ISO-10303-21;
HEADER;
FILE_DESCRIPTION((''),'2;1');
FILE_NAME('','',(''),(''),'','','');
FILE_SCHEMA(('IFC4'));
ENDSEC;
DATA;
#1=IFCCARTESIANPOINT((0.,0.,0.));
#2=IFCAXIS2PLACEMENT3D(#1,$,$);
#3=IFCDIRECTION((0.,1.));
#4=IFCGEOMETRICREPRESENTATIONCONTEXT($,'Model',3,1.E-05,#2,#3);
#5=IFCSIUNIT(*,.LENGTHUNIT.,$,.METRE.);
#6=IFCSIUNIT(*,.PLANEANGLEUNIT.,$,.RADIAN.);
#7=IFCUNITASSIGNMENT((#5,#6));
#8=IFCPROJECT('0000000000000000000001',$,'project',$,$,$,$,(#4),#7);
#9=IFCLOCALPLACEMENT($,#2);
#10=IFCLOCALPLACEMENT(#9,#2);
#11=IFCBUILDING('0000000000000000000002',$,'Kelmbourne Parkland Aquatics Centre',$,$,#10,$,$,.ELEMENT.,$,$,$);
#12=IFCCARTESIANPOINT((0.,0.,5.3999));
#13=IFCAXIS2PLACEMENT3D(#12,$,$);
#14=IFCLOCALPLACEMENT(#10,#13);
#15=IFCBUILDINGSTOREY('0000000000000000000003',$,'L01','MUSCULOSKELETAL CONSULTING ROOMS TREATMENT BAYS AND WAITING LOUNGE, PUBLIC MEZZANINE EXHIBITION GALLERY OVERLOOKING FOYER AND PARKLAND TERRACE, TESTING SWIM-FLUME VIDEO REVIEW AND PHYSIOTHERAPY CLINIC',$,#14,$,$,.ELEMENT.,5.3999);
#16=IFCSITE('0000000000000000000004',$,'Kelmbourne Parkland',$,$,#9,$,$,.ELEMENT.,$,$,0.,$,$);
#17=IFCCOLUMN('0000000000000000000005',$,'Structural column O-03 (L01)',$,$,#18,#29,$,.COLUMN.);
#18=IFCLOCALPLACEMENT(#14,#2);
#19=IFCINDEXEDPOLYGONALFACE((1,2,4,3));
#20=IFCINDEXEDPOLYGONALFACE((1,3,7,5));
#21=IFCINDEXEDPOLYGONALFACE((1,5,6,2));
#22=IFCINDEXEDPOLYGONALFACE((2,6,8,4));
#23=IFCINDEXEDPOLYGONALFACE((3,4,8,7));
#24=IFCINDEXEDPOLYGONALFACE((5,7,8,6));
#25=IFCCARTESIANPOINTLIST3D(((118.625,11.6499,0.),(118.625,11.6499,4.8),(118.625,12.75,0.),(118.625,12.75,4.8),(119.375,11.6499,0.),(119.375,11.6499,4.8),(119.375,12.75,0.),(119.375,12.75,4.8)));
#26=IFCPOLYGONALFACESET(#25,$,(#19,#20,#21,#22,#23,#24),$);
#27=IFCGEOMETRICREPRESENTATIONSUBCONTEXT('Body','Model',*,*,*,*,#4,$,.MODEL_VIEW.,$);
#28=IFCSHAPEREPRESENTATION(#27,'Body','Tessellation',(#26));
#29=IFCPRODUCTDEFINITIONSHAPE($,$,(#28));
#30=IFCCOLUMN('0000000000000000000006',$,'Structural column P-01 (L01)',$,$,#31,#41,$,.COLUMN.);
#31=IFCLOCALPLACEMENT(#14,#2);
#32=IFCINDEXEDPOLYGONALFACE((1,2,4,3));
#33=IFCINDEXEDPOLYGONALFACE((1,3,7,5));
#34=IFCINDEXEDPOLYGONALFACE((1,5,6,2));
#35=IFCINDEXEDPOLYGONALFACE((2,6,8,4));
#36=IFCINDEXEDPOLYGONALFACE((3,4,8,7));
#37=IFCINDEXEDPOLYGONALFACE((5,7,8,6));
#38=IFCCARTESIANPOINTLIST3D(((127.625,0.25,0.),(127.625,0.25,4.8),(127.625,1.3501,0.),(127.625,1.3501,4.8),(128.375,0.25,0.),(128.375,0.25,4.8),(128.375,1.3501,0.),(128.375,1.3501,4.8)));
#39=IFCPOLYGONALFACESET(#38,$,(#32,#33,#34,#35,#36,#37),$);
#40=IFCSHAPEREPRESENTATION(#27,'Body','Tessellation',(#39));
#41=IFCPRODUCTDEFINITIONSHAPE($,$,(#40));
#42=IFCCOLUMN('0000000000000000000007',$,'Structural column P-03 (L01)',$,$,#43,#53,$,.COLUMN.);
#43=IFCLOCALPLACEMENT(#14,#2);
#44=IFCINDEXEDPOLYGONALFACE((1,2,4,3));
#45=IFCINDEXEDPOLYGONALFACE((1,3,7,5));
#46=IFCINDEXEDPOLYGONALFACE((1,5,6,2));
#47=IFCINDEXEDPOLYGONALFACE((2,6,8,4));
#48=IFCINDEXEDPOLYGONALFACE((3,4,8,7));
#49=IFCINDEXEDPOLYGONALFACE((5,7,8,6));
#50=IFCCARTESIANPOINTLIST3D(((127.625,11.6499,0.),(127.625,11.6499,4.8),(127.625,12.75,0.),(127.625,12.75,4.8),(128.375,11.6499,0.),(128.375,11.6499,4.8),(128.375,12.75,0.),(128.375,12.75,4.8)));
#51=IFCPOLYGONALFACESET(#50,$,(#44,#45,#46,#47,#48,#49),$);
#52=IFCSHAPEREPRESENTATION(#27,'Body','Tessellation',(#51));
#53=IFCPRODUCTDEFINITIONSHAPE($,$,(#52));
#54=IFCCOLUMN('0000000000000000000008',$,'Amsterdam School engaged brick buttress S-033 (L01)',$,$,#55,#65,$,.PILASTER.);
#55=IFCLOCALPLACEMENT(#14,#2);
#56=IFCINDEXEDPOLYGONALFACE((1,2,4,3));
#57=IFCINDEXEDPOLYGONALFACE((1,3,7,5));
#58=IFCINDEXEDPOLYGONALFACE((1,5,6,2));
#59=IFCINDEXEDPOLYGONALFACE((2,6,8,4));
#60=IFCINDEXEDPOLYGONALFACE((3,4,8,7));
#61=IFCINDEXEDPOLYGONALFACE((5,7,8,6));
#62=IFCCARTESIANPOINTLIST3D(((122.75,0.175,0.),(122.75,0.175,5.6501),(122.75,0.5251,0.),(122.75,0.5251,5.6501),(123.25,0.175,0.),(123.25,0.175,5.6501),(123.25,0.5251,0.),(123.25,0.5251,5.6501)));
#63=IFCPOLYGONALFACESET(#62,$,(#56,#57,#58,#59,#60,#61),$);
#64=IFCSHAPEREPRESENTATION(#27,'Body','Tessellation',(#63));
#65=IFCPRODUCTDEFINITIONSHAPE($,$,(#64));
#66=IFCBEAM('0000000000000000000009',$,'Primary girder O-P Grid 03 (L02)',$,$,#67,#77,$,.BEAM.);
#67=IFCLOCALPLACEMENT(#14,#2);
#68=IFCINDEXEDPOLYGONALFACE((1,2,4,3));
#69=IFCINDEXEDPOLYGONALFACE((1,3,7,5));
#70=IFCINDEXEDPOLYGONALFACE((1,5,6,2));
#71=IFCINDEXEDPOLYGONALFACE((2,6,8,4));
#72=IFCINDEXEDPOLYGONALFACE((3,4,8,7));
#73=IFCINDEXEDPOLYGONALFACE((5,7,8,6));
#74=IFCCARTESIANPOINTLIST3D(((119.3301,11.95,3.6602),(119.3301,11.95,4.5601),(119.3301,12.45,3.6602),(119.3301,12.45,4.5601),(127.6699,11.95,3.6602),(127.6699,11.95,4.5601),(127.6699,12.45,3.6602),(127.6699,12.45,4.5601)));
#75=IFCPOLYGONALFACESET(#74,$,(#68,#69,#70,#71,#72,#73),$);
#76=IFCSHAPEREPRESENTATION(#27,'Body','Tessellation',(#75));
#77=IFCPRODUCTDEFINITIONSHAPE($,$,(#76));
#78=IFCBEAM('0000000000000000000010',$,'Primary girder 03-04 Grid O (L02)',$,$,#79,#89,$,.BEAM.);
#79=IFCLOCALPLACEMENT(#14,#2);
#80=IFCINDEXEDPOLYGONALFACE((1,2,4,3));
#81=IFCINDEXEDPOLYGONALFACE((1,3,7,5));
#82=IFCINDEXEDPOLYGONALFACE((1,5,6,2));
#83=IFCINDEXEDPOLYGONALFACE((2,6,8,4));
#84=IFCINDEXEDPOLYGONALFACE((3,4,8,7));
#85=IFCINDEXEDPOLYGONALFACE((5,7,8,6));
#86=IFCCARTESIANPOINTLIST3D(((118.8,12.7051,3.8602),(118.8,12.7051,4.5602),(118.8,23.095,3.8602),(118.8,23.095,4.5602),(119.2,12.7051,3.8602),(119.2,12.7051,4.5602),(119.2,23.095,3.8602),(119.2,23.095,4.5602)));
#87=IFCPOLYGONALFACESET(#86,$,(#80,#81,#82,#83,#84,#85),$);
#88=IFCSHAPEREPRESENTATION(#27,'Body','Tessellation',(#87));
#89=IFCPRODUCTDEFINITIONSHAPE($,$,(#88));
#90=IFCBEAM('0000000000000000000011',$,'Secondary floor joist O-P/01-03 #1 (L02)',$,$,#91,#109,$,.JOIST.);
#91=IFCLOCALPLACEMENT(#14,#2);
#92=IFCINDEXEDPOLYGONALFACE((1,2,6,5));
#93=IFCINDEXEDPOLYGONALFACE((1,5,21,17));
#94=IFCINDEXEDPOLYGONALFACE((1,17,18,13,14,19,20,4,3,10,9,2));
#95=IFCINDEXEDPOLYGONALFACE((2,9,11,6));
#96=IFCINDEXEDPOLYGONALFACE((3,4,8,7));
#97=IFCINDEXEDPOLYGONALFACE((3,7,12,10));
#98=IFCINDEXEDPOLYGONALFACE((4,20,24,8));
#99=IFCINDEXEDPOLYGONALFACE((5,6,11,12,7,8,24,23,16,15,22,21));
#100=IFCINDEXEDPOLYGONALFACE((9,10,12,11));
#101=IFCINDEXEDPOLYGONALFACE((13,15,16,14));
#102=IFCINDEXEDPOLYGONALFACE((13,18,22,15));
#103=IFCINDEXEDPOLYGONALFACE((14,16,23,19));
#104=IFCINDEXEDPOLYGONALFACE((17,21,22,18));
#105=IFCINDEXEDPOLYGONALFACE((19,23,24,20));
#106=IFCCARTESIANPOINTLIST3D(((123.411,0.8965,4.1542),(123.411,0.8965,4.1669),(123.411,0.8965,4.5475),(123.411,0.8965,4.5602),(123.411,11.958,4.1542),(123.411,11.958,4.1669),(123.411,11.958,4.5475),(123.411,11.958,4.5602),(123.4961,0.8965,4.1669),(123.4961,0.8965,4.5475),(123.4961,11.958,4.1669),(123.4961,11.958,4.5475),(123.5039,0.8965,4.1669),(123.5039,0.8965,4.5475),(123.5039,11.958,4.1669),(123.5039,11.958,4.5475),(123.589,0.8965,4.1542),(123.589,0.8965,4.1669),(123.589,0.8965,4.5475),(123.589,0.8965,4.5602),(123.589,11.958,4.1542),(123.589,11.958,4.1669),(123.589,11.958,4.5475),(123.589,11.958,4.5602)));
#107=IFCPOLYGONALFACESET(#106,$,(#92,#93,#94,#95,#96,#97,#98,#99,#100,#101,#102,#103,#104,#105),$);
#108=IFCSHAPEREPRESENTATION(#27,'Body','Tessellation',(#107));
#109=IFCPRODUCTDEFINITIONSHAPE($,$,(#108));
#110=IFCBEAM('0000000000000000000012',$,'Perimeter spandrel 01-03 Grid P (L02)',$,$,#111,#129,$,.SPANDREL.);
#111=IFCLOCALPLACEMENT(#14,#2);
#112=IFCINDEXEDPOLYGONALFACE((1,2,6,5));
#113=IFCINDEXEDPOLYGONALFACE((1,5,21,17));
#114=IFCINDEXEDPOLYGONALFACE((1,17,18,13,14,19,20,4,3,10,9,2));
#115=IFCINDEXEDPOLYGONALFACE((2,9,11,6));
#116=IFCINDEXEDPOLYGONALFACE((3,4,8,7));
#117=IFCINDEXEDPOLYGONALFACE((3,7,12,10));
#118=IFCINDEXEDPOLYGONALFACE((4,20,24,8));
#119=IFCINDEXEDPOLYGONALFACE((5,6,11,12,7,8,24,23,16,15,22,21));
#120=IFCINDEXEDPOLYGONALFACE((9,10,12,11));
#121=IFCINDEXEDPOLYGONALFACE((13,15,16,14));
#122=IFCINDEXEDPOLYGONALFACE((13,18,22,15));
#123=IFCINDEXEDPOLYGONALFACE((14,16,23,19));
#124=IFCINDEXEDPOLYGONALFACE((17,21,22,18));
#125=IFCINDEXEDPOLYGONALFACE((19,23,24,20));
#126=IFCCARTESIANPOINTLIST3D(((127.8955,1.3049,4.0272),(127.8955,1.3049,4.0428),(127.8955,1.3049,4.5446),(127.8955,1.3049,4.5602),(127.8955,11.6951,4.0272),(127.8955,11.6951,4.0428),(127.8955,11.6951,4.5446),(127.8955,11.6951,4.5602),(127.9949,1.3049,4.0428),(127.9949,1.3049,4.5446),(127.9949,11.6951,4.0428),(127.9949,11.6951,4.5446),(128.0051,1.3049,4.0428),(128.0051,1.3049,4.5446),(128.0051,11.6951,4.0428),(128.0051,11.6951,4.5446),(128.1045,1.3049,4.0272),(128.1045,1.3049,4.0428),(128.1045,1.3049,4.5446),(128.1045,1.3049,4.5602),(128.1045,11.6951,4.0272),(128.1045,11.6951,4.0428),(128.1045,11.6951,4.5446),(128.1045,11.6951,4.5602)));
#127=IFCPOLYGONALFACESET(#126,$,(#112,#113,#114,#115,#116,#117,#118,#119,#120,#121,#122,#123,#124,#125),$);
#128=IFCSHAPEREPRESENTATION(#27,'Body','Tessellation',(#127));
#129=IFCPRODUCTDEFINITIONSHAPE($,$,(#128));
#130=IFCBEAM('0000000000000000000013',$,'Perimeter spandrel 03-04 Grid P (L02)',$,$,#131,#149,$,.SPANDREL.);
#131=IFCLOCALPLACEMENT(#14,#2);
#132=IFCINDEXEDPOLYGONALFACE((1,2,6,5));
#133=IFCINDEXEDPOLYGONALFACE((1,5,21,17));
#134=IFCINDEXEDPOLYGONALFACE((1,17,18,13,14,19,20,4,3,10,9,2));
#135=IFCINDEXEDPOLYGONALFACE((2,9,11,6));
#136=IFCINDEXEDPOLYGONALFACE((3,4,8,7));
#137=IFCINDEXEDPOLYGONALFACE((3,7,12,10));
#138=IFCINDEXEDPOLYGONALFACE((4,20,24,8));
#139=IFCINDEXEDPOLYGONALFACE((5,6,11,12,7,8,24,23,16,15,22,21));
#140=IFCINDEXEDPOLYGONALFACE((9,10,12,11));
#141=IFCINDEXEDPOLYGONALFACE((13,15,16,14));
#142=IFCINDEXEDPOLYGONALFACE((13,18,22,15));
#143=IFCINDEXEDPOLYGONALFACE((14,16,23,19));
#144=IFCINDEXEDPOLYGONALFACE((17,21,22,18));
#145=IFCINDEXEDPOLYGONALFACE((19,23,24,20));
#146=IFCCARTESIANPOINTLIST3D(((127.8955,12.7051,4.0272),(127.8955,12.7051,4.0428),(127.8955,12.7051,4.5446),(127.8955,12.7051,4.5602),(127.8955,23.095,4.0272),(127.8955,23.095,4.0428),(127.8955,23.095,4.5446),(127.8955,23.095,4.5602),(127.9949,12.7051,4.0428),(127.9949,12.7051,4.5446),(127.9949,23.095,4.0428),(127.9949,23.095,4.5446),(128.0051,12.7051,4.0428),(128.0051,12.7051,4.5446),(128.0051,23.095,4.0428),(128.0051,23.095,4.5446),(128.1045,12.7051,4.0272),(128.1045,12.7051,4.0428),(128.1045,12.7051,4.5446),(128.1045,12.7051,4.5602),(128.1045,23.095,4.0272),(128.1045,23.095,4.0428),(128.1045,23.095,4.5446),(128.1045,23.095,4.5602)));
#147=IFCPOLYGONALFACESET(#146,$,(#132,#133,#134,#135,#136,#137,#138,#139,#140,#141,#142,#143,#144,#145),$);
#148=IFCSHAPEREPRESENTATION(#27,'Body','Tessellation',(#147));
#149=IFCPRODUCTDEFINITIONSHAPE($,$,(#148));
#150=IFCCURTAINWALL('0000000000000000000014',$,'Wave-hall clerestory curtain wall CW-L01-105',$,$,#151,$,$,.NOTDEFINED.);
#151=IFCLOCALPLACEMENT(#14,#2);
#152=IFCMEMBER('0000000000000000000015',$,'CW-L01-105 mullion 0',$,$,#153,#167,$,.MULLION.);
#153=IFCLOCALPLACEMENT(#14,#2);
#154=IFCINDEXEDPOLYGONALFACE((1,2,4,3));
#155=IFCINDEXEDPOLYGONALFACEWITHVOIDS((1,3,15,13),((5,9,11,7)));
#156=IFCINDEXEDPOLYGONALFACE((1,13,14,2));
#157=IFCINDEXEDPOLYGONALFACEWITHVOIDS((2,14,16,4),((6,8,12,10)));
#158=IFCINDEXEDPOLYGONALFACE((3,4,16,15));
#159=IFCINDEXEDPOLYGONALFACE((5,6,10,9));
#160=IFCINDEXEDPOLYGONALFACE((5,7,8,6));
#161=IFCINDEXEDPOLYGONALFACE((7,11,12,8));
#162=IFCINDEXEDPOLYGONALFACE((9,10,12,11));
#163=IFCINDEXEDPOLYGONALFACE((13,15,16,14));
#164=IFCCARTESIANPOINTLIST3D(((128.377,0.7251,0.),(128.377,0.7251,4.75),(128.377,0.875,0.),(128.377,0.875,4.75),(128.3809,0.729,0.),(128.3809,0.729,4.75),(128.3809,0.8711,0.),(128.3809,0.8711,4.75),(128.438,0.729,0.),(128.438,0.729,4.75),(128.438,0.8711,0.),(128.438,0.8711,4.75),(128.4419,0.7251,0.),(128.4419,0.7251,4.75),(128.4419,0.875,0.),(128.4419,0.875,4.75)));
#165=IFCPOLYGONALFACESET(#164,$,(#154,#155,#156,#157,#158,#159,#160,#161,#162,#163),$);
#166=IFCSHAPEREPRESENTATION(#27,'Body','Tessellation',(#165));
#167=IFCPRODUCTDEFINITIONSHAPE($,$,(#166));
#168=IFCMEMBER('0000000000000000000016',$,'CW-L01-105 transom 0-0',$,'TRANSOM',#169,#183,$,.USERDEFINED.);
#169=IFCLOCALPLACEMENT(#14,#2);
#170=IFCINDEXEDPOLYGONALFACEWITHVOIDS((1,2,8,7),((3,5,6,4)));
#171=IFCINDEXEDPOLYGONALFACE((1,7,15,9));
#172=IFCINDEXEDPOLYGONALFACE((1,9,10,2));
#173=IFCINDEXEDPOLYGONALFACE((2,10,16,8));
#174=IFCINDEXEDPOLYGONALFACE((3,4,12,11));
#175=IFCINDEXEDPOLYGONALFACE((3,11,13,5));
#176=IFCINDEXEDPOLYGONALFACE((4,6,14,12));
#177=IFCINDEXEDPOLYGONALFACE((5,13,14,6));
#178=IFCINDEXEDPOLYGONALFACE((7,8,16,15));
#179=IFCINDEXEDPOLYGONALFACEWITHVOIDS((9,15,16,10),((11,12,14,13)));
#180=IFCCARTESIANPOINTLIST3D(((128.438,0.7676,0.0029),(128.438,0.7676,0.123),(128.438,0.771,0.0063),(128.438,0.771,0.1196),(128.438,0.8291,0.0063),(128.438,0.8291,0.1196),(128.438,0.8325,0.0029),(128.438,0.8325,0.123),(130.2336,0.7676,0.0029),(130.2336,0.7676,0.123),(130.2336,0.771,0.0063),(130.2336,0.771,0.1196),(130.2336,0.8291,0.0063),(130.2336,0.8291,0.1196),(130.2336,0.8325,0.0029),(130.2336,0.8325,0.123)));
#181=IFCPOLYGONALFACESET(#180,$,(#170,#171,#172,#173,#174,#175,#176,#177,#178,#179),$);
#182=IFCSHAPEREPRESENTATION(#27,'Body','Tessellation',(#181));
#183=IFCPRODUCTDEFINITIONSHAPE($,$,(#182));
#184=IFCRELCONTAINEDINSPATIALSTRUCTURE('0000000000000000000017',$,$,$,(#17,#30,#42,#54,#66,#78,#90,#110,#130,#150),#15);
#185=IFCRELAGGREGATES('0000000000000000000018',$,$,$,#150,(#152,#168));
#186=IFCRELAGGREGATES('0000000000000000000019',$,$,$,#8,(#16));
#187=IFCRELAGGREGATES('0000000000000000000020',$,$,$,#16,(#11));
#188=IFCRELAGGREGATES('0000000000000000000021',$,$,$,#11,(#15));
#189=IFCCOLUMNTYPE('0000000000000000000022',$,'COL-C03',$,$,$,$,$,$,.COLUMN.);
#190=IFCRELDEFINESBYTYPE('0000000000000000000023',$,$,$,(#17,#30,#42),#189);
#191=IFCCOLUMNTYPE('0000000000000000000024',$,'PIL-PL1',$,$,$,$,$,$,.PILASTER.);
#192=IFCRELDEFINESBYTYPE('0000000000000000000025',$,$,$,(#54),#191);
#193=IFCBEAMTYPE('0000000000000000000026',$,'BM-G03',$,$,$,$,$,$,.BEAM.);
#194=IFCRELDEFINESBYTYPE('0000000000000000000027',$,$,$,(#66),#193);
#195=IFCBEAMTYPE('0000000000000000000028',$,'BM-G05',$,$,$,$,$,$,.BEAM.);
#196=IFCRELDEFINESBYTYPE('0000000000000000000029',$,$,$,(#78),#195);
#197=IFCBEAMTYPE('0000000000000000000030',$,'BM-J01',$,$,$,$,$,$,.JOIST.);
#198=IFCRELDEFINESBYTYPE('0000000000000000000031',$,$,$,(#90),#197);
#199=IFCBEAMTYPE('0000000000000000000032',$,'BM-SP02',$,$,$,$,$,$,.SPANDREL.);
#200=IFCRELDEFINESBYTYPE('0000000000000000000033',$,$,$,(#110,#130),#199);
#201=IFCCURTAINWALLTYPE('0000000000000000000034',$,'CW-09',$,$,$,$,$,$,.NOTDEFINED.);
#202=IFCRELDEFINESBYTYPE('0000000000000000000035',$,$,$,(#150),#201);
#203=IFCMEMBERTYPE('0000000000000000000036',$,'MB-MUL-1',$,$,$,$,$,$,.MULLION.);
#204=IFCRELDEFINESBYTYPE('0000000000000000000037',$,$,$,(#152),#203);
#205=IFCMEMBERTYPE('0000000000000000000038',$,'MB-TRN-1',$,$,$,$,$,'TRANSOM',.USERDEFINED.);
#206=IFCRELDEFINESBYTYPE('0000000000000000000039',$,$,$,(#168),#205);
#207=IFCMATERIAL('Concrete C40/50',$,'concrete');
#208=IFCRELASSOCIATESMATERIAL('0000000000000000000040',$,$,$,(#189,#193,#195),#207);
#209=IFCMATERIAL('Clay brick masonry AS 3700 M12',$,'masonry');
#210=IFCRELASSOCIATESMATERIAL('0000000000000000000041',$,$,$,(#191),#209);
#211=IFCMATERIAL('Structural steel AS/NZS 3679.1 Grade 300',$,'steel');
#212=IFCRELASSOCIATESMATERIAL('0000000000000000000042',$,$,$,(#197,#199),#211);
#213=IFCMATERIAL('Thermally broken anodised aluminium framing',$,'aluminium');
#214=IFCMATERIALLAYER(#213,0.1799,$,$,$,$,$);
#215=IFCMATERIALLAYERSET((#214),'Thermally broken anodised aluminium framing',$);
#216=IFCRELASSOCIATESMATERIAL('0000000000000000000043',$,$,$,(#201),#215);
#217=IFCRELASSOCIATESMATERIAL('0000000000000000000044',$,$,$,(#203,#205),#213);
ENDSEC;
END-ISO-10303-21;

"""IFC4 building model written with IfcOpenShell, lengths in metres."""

from ifc_helpers import new_model, si_unit, direction, frame, origin, origin_2d, place, context, subcontext, project, spatial, rectangle, hollow_rectangle, i_section, extrude, material, layer, layer_set, material_profile, profile_set, type_object, element, aggregate, save


model = new_model("IFC4")

# Units and contexts
model_context = context("Model", 3, precision=1e-05, world=origin(), true_north=direction((0.0, 1.0)))
body_context = subcontext(model_context, "Body", "Model", "MODEL_VIEW")
ifc_project = project(units=[si_unit("LENGTHUNIT", "METRE"), si_unit("PLANEANGLEUNIT", "RADIAN")], contexts=[model_context])

# Site, building, storey
site_placement = place(None, origin())
site = spatial("IfcSite", under=ifc_project, at=site_placement, Name="Kelmbourne Parkland", CompositionType="ELEMENT", RefElevation=0.0)
building_placement = place(site_placement, origin())
building = spatial("IfcBuilding", under=site, at=building_placement, Name="Kelmbourne Parkland Aquatics Centre", CompositionType="ELEMENT")
storey_placement = place(building_placement, frame((0.0, 0.0, 5.3999)))
storey = spatial("IfcBuildingStorey", under=building, at=storey_placement, Name="L01", Description="MUSCULOSKELETAL CONSULTING ROOMS TREATMENT BAYS AND WAITING LOUNGE, PUBLIC MEZZANINE EXHIBITION GALLERY OVERLOOKING FOYER AND PARKLAND TERRACE, TESTING SWIM-FLUME VIDEO REVIEW AND PHYSIOTHERAPY CLINIC", CompositionType="ELEMENT", Elevation=5.3999)

# Columns
ifc_material_1 = material(Name="Concrete C40/50", Category="concrete")
ifc_material_profile_1 = material_profile(ifc_material_1, rectangle(XDim=0.75, YDim=1.1001, at=origin_2d()), Name="RC 750x1100")
ifc_profile_set_1 = profile_set([ifc_material_profile_1], Name="Concrete C40/50")
column_type_1 = type_object("IfcColumnType", Name="COL-C03", PredefinedType="COLUMN", material=ifc_profile_set_1)
for number, where, z_axis, x_axis, name in (
    (1, (119.0, 12.2, 0.0), (0.0, 0.0, 1.0), (1.0, 0.0, 0.0), "Structural column O-03 (L01)"),
    (2, (128.0, 0.8, 0.0), (0.0, 0.0, 1.0), (1.0, 0.0, 0.0), "Structural column P-01 (L01)"),
    (3, (128.0, 12.2, 0.0), (0.0, 0.0, 1.0), (1.0, 0.0, 0.0), "Structural column P-03 (L01)"),
):
    element("IfcColumn", number, at=place(storey_placement, frame(where, z_axis=z_axis, x_axis=x_axis)), inside=storey, type_object=column_type_1, Name=name, PredefinedType="COLUMN", context=body_context, shape_type="SweptSolid", body=[
        extrude(rectangle(XDim=0.75, YDim=1.1001, at=origin_2d()), origin(), (0.0, 0.0, 1.0), 4.8),
    ])
ifc_material_2 = material(Name="Clay brick masonry AS 3700 M12", Category="masonry")
ifc_material_profile_2 = material_profile(ifc_material_2, rectangle(XDim=0.3501, YDim=0.5, at=origin_2d()), Name="PIL 350x500")
ifc_profile_set_2 = profile_set([ifc_material_profile_2], Name="Clay brick masonry AS 3700 M12")
column_type_2 = type_object("IfcColumnType", Name="PIL-PL1", PredefinedType="PILASTER", material=ifc_profile_set_2)
column_placement = place(storey_placement, frame((123.0, 0.3501, 0.0), z_axis=(0.0, 0.0, 1.0), x_axis=(0.0, 1.0, 0.0)))
element("IfcColumn", 4, at=column_placement, inside=storey, type_object=column_type_2, Name="Amsterdam School engaged brick buttress S-033 (L01)", PredefinedType="PILASTER", context=body_context, shape_type="SweptSolid", body=[
    extrude(rectangle(XDim=0.3501, YDim=0.5, at=origin_2d()), origin(), (0.0, 0.0, 1.0), 5.6501),
])

# Beams
ifc_material_profile_3 = material_profile(ifc_material_1, rectangle(XDim=0.5, YDim=0.8999, at=origin_2d()), Name="RC 500x900")
ifc_profile_set_3 = profile_set([ifc_material_profile_3], Name="Concrete C40/50")
beam_type_1 = type_object("IfcBeamType", Name="BM-G03", PredefinedType="BEAM", material=ifc_profile_set_3)
beam_1_placement = place(storey_placement, frame((119.3301, 12.2, 4.1101), z_axis=(1.0, 0.0, 0.0), x_axis=(0.0, 1.0, 0.0)))
element("IfcBeam", 5, at=beam_1_placement, inside=storey, type_object=beam_type_1, Name="Primary girder O-P Grid 03 (L02)", PredefinedType="BEAM", context=body_context, shape_type="SweptSolid", body=[
    extrude(rectangle(XDim=0.5, YDim=0.8999, at=origin_2d()), origin(), (0.0, 0.0, 1.0), 8.3398),
])
ifc_material_profile_4 = material_profile(ifc_material_1, rectangle(XDim=0.3999, YDim=0.7, at=origin_2d()), Name="RC 400x700")
ifc_profile_set_4 = profile_set([ifc_material_profile_4], Name="Concrete C40/50")
beam_type_2 = type_object("IfcBeamType", Name="BM-G05", PredefinedType="BEAM", material=ifc_profile_set_4)
beam_2_placement = place(storey_placement, frame((119.0, 12.7051, 4.2102), z_axis=(0.0, 1.0, 0.0), x_axis=(-1.0, 0.0, 0.0)))
element("IfcBeam", 6, at=beam_2_placement, inside=storey, type_object=beam_type_2, Name="Primary girder 03-04 Grid O (L02)", PredefinedType="BEAM", context=body_context, shape_type="SweptSolid", body=[
    extrude(rectangle(XDim=0.3999, YDim=0.7, at=origin_2d()), origin(), (0.0, 0.0, 1.0), 10.3899),
])
ifc_material_3 = material(Name="Structural steel AS/NZS 3679.1 Grade 300", Category="steel")
ifc_material_profile_5 = material_profile(ifc_material_3, i_section(OverallWidth=0.178, OverallDepth=0.406, WebThickness=0.0078, FlangeThickness=0.0127, at=origin_2d()), Name="410UB59.7")
ifc_profile_set_5 = profile_set([ifc_material_profile_5], Name="Structural steel AS/NZS 3679.1 Grade 300")
beam_type_3 = type_object("IfcBeamType", Name="BM-J01", PredefinedType="JOIST", material=ifc_profile_set_5)
beam_3_placement = place(storey_placement, frame((123.5, 0.8965, 4.3572), z_axis=(0.0, 1.0, 0.0), x_axis=(-1.0, 0.0, 0.0)))
element("IfcBeam", 7, at=beam_3_placement, inside=storey, type_object=beam_type_3, Name="Secondary floor joist O-P/01-03 #1 (L02)", PredefinedType="JOIST", context=body_context, shape_type="SweptSolid", body=[
    extrude(i_section(OverallWidth=0.178, OverallDepth=0.406, WebThickness=0.0078, FlangeThickness=0.0127, at=origin_2d()), origin(), (0.0, 0.0, 1.0), 11.0615),
])
ifc_material_profile_6 = material_profile(ifc_material_3, i_section(OverallWidth=0.209, OverallDepth=0.533, WebThickness=0.0103, FlangeThickness=0.0156, at=origin_2d()), Name="530UB92.4")
ifc_profile_set_6 = profile_set([ifc_material_profile_6], Name="Structural steel AS/NZS 3679.1 Grade 300")
beam_type_4 = type_object("IfcBeamType", Name="BM-SP02", PredefinedType="SPANDREL", material=ifc_profile_set_6)
beam_4_placement = place(storey_placement, frame((128.0, 1.3049, 4.2937), z_axis=(0.0, 1.0, 0.0), x_axis=(-1.0, 0.0, 0.0)))
element("IfcBeam", 8, at=beam_4_placement, inside=storey, type_object=beam_type_4, Name="Perimeter spandrel 01-03 Grid P (L02)", PredefinedType="SPANDREL", context=body_context, shape_type="SweptSolid", body=[
    extrude(i_section(OverallWidth=0.209, OverallDepth=0.533, WebThickness=0.0103, FlangeThickness=0.0156, at=origin_2d()), origin(), (0.0, 0.0, 1.0), 10.3901),
])
beam_5_placement = place(storey_placement, frame((128.0, 12.7051, 4.2937), z_axis=(0.0, 1.0, 0.0), x_axis=(-1.0, 0.0, 0.0)))
element("IfcBeam", 9, at=beam_5_placement, inside=storey, type_object=beam_type_4, Name="Perimeter spandrel 03-04 Grid P (L02)", PredefinedType="SPANDREL", context=body_context, shape_type="SweptSolid", body=[
    extrude(i_section(OverallWidth=0.209, OverallDepth=0.533, WebThickness=0.0103, FlangeThickness=0.0156, at=origin_2d()), origin(), (0.0, 0.0, 1.0), 10.3899),
])

# Curtain wall, members
ifc_material_4 = material(Name="Thermally broken anodised aluminium framing", Category="aluminium")
ifc_layer_1 = layer(ifc_material_4, 0.1799)
ifc_layer_set_1 = layer_set([ifc_layer_1], Name="Thermally broken anodised aluminium framing")
curtain_wall_type = type_object("IfcCurtainWallType", Name="CW-09", PredefinedType="NOTDEFINED", material=ifc_layer_set_1)
curtain_wall_placement = place(storey_placement, origin())
curtain_wall = element("IfcCurtainWall", 10, at=curtain_wall_placement, inside=storey, type_object=curtain_wall_type, Name="Wave-hall clerestory curtain wall CW-L01-105", PredefinedType="NOTDEFINED")
ifc_material_profile_7 = material_profile(ifc_material_4, hollow_rectangle(XDim=0.0649, YDim=0.1499, WallThickness=0.0039, at=origin_2d()), Name="CW-M 65x150")
ifc_profile_set_7 = profile_set([ifc_material_profile_7], Name="Thermally broken anodised aluminium framing")
member_type_1 = type_object("IfcMemberType", Name="MB-MUL-1", PredefinedType="MULLION", material=ifc_profile_set_7)
member_1_placement = place(storey_placement, frame((128.4094, 0.8, 0.0), z_axis=(0.0, 0.0, 1.0), x_axis=(1.0, 0.0, 0.0)))
member_1 = element("IfcMember", 11, at=member_1_placement, type_object=member_type_1, Name="CW-L01-105 mullion 0", PredefinedType="MULLION", context=body_context, shape_type="SweptSolid", body=[
    extrude(hollow_rectangle(XDim=0.0649, YDim=0.1499, WallThickness=0.0039, at=origin_2d()), origin(), (0.0, 0.0, 1.0), 4.75),
])
ifc_material_profile_8 = material_profile(ifc_material_4, hollow_rectangle(XDim=0.0649, YDim=0.1201, WallThickness=0.0034, at=origin_2d()), Name="CW-T 65x120")
ifc_profile_set_8 = profile_set([ifc_material_profile_8], Name="Thermally broken anodised aluminium framing")
member_type_2 = type_object("IfcMemberType", Name="MB-TRN-1", ElementType="TRANSOM", PredefinedType="USERDEFINED", material=ifc_profile_set_8)
member_2_placement = place(storey_placement, frame((128.438, 0.8, 0.063), z_axis=(1.0, 0.0, 0.0), x_axis=(0.0, 1.0, 0.0)))
member_2 = element("IfcMember", 12, at=member_2_placement, type_object=member_type_2, Name="CW-L01-105 transom 0-0", ObjectType="TRANSOM", PredefinedType="USERDEFINED", context=body_context, shape_type="SweptSolid", body=[
    extrude(hollow_rectangle(XDim=0.0649, YDim=0.1201, WallThickness=0.0034, at=origin_2d()), origin(), (0.0, 0.0, 1.0), 1.7957),
])
aggregate(curtain_wall, [member_1, member_2])

save(model, "model.ifc")
